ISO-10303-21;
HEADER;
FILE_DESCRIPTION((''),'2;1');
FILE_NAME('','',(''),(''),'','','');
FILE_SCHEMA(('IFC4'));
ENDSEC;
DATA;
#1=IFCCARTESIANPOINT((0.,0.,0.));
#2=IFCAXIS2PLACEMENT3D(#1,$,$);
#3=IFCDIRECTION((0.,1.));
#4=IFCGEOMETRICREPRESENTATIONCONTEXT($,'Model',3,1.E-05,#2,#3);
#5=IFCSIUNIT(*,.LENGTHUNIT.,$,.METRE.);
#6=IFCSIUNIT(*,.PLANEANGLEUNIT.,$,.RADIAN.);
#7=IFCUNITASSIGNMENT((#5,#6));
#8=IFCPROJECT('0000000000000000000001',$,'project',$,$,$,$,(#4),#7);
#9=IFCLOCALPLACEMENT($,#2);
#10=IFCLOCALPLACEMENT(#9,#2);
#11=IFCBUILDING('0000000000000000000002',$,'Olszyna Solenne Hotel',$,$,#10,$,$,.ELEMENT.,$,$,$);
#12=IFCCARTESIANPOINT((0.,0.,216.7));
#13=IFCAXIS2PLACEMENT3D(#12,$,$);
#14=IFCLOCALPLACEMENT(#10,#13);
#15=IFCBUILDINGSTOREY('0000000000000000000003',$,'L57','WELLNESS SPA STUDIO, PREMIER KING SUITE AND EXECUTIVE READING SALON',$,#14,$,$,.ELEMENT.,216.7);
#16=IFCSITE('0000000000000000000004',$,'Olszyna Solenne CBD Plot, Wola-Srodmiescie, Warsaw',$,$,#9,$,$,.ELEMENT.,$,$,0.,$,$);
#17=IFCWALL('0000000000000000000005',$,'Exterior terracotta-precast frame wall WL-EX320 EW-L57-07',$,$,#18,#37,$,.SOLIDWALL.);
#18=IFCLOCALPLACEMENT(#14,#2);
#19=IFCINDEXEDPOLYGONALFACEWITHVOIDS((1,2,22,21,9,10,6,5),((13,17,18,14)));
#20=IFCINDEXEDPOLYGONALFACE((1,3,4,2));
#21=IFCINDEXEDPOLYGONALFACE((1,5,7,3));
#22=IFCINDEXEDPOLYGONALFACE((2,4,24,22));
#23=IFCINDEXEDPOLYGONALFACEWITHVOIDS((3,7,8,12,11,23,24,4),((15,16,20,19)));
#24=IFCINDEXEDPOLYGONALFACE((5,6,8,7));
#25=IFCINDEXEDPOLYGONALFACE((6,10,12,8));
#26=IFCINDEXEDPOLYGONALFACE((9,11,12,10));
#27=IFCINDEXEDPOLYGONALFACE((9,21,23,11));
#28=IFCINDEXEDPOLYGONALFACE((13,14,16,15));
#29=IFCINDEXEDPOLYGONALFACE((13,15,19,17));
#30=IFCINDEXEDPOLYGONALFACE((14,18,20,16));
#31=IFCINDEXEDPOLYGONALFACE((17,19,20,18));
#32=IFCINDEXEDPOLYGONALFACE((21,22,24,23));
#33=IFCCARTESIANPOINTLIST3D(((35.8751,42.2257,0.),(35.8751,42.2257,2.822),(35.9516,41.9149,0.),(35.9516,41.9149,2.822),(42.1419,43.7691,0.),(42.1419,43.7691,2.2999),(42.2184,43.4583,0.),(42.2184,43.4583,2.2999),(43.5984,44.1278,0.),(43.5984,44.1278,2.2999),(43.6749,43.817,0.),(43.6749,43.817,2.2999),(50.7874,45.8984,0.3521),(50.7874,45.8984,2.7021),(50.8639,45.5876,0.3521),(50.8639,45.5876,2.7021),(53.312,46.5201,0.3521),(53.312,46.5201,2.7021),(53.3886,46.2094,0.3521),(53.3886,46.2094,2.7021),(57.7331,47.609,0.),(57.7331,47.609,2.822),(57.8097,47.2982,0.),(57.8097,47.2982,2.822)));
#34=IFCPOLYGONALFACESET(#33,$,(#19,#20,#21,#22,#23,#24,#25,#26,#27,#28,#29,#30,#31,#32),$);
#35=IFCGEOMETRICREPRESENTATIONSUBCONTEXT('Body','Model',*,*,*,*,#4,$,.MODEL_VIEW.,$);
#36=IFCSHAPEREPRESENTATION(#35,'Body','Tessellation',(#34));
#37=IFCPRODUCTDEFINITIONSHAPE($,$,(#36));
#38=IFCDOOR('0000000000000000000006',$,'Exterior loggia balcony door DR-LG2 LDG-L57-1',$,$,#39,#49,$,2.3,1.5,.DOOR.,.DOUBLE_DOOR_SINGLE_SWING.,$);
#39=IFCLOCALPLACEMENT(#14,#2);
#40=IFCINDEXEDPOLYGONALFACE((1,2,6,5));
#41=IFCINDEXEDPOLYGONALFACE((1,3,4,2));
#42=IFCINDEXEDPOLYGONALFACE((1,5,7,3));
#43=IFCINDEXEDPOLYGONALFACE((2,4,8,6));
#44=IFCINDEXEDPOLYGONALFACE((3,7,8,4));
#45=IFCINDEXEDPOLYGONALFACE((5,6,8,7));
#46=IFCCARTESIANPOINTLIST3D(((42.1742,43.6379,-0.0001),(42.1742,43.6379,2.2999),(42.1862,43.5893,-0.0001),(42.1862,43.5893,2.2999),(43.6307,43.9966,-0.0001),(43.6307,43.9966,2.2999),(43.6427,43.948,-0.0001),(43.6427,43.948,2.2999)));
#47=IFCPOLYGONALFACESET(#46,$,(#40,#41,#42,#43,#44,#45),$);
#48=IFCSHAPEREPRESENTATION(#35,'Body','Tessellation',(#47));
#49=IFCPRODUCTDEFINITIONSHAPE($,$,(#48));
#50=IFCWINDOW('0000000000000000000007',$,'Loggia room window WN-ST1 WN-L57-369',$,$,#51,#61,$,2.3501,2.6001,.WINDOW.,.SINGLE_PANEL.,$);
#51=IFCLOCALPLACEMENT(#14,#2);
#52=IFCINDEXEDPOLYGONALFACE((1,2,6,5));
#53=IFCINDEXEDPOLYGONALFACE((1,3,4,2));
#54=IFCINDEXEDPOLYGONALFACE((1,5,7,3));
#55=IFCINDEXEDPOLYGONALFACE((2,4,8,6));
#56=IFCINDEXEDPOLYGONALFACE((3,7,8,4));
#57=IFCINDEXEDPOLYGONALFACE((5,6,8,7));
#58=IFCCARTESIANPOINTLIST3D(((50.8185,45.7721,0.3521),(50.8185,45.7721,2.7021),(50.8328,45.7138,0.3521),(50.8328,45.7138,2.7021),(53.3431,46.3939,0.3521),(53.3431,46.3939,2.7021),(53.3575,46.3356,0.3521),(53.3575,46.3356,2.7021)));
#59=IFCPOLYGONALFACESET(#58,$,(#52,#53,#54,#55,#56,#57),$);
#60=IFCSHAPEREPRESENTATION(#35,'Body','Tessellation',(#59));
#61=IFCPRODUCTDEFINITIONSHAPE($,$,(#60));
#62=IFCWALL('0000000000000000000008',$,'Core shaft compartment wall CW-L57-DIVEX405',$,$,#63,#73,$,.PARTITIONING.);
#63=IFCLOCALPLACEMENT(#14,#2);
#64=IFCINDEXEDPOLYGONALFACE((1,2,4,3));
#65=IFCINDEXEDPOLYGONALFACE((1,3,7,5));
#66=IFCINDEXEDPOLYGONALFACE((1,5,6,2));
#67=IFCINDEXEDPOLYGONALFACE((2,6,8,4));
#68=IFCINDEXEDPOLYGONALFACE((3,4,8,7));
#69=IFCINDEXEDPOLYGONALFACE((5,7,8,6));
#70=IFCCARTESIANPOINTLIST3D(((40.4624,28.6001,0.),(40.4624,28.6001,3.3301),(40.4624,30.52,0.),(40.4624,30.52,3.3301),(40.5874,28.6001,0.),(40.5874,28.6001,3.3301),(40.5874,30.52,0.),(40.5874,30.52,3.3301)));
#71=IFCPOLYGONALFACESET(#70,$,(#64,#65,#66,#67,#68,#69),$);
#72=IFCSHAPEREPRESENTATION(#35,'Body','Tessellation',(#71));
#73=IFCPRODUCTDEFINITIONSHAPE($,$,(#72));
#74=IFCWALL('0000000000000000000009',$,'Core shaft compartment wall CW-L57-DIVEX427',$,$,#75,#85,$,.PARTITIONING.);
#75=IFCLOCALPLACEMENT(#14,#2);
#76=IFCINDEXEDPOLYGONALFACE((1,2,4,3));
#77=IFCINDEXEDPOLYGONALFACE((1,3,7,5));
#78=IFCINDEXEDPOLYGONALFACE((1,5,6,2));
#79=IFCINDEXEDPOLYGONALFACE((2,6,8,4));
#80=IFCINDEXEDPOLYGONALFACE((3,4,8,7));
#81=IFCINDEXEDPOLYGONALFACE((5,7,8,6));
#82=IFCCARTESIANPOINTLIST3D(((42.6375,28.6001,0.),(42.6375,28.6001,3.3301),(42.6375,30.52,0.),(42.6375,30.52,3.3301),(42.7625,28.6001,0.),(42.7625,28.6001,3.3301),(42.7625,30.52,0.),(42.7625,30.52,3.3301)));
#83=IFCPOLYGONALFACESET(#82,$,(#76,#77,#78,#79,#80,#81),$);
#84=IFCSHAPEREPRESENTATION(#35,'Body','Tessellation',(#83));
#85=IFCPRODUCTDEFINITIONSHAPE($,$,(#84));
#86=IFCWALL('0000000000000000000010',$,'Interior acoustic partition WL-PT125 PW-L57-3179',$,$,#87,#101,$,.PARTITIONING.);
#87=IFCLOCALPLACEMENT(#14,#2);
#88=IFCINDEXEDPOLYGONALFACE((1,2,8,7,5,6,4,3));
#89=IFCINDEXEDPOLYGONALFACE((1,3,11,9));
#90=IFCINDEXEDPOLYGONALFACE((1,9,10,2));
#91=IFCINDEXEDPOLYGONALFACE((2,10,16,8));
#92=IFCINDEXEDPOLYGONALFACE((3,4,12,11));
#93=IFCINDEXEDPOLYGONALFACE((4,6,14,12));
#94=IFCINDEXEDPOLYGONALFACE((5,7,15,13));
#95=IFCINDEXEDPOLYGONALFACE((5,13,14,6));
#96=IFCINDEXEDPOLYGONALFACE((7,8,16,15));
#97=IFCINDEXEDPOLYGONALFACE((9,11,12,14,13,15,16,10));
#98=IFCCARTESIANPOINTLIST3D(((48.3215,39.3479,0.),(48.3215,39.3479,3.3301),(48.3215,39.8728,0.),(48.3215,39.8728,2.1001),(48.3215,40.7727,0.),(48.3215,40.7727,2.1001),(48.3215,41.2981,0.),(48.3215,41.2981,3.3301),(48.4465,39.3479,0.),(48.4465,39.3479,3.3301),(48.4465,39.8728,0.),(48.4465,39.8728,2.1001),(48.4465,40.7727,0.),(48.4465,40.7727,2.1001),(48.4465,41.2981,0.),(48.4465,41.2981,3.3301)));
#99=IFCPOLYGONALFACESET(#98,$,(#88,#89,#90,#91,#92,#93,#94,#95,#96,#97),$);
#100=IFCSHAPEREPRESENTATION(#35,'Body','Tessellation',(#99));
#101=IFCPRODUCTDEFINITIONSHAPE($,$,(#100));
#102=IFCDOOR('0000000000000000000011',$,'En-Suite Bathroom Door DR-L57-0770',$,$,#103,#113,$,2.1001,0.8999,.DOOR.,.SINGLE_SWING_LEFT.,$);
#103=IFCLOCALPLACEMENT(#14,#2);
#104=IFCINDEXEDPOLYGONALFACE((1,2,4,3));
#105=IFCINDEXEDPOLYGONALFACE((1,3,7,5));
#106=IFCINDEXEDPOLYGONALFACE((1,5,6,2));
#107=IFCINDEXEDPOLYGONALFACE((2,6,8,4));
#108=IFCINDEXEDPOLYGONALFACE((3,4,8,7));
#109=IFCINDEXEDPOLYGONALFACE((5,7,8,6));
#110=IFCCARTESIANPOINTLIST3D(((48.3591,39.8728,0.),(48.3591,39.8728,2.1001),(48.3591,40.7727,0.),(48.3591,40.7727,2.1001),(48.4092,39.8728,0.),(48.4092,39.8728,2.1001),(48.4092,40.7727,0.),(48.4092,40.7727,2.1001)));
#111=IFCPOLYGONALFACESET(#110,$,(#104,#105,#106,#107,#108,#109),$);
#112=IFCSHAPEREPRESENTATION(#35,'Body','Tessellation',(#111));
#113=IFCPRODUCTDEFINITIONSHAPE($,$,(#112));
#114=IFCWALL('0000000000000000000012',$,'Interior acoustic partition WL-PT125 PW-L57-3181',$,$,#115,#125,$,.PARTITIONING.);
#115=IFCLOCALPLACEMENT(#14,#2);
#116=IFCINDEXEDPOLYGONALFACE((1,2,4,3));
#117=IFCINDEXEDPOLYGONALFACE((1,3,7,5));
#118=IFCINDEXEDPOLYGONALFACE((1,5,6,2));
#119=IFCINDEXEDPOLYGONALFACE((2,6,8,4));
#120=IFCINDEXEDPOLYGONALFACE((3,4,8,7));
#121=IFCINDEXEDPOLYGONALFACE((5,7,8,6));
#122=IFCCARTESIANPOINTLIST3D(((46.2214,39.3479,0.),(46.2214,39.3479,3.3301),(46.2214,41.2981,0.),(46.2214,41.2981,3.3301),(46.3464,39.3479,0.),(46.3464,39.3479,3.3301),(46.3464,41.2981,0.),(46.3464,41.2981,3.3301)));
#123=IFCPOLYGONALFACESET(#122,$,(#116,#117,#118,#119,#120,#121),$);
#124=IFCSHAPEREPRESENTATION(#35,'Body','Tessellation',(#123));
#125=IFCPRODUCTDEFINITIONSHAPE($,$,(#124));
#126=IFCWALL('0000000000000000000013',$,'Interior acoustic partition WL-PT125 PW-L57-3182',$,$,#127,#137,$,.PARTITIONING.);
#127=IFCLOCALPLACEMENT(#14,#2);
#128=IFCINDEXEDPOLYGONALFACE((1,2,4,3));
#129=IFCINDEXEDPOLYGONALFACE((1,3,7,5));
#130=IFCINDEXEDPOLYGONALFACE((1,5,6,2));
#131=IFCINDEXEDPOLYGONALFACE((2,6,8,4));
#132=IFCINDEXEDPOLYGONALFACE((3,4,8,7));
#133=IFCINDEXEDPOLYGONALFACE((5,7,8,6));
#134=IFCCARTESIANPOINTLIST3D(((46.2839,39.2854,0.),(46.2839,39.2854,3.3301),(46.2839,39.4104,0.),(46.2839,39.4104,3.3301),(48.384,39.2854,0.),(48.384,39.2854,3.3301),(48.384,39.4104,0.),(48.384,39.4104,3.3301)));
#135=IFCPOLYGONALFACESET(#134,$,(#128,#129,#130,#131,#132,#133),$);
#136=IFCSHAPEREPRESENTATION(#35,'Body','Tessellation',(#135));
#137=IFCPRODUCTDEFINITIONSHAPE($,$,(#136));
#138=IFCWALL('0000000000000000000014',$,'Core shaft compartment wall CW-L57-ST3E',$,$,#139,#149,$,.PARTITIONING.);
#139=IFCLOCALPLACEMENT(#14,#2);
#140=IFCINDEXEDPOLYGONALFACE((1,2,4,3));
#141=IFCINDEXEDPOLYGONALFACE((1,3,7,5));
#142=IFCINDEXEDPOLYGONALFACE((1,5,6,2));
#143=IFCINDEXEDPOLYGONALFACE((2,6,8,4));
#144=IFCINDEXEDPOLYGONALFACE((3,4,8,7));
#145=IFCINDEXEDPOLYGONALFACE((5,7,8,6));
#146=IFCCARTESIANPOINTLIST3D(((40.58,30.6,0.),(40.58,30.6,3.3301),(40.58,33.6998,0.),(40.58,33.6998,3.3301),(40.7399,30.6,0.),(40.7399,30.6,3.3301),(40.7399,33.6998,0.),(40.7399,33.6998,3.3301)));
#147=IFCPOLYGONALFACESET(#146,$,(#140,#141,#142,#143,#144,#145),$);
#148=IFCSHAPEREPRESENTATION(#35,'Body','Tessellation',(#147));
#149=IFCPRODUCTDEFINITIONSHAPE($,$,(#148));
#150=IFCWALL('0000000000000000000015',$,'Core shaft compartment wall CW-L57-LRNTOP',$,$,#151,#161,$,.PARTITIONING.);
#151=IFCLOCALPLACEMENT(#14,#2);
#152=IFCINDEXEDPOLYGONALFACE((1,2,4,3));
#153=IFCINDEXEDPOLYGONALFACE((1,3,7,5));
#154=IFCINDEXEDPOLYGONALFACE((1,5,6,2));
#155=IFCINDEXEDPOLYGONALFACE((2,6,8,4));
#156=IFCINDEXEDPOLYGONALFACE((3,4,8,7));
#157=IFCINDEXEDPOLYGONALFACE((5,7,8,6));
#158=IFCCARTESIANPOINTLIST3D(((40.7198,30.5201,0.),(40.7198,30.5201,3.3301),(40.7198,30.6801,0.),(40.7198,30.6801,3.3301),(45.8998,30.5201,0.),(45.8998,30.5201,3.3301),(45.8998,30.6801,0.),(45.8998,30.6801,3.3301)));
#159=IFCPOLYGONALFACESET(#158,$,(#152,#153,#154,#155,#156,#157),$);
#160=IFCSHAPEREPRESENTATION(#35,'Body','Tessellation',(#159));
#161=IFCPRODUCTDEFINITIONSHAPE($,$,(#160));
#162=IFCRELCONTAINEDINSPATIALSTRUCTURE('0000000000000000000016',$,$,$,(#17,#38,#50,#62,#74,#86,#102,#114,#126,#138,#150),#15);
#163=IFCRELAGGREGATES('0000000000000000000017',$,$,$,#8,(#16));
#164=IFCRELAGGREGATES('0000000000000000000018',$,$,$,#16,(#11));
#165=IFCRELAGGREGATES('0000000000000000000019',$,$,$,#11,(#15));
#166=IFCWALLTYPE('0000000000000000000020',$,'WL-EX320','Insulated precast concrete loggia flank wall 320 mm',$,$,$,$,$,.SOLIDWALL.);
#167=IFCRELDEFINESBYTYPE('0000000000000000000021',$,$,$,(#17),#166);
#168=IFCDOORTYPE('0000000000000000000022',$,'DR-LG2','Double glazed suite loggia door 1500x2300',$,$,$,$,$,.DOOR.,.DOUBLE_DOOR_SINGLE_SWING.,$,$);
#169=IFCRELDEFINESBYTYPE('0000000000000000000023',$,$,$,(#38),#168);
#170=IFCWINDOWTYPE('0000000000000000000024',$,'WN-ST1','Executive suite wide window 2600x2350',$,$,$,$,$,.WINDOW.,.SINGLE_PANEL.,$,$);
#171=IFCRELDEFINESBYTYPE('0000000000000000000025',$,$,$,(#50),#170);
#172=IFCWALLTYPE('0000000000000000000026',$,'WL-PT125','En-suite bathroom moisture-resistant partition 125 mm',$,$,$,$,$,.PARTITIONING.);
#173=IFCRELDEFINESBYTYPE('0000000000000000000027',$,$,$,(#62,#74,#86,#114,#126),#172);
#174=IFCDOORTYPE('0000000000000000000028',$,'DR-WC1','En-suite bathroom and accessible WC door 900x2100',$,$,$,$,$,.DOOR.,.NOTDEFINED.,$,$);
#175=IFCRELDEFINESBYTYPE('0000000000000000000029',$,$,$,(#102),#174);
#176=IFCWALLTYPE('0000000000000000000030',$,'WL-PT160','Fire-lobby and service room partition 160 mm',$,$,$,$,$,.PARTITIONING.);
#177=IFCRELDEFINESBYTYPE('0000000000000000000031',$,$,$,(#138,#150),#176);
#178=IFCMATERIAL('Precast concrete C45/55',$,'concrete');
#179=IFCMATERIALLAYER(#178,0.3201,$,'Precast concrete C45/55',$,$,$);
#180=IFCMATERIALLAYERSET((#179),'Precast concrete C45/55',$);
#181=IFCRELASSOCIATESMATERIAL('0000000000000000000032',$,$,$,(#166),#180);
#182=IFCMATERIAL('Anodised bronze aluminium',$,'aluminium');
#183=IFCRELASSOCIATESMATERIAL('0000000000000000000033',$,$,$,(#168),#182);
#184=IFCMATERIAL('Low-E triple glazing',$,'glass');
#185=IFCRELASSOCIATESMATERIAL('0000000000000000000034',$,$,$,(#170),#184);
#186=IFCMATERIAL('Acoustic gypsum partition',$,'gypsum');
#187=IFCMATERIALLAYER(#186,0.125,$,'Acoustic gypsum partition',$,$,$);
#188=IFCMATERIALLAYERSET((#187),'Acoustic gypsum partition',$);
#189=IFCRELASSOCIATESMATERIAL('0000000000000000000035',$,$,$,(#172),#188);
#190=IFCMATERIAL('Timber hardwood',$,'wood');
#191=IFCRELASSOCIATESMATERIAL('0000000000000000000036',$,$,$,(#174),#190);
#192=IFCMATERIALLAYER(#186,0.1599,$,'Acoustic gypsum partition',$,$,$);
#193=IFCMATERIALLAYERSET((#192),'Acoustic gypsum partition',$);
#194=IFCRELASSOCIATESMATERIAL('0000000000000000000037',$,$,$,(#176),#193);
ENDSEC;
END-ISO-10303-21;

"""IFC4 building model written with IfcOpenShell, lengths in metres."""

from ifc_helpers import new_model, si_unit, direction, frame, frame_2d, origin, place, context, subcontext, project, spatial, rectangle, extrude, source, transform, mapped, material, layer, layer_set, type_object, type_shapes, element, fill, save


model = new_model("IFC4")

# Units and contexts
model_context = context("Model", 3, precision=1e-05, world=origin(), true_north=direction((0.0, 1.0)))
body_context = subcontext(model_context, "Body", "Model", "MODEL_VIEW")
ifc_project = project(units=[si_unit("LENGTHUNIT", "METRE"), si_unit("PLANEANGLEUNIT", "RADIAN")], contexts=[model_context])

# Site, building, storey
site_placement = place(None, origin())
site = spatial("IfcSite", under=ifc_project, at=site_placement, Name="Olszyna Solenne CBD Plot, Wola-Srodmiescie, Warsaw", CompositionType="ELEMENT", RefElevation=0.0)
building_placement = place(site_placement, origin())
building = spatial("IfcBuilding", under=site, at=building_placement, Name="Olszyna Solenne Hotel", CompositionType="ELEMENT")
storey_placement = place(building_placement, frame((0.0, 0.0, 216.7)))
storey = spatial("IfcBuildingStorey", under=building, at=storey_placement, Name="L57", Description="WELLNESS SPA STUDIO, PREMIER KING SUITE AND EXECUTIVE READING SALON", CompositionType="ELEMENT", Elevation=216.7)

# Shared definitions
ifc_material_1 = material(Name="Timber hardwood", Category="wood")

# Wall, openings, door, window
ifc_material_2 = material(Name="Precast concrete C45/55", Category="concrete")
ifc_layer_1 = layer(ifc_material_2, 0.3201, Name="Precast concrete C45/55")
ifc_layer_set_1 = layer_set([ifc_layer_1], Name="Precast concrete C45/55")
wall_type_1 = type_object("IfcWallType", Name="WL-EX320", Description="Insulated precast concrete loggia flank wall 320 mm", PredefinedType="SOLIDWALL", material=ifc_layer_set_1)
wall_1_placement = place(storey_placement, frame((35.9133, 42.0703, 0.0), z_axis=(0.0, 0.0, 1.0), x_axis=(0.970986, 0.239138, 0.0)))
wall_1 = element("IfcWall", 1, at=wall_1_placement, inside=storey, type_object=wall_type_1, Name="Exterior terracotta-precast frame wall WL-EX320 EW-L57-07", PredefinedType="SOLIDWALL", context=body_context, shape_type="SweptSolid", body=[
    extrude(rectangle(XDim=22.5112, YDim=0.3201, at=frame_2d((11.2556, 0.0))), origin(), (0.0, 0.0, 1.0), 2.822),
])
opening_1_placement = place(wall_1_placement, frame((6.4541, 0.0, 0.0)))
opening_1 = element("IfcOpeningElement", 2, at=opening_1_placement, cuts=wall_1, PredefinedType="OPENING", context=body_context, shape_type="SweptSolid", body=[
    extrude(rectangle(XDim=1.5, YDim=2.3, at=frame_2d((0.75, 1.1499))), frame((0.0, 0.1699, 0.0), z_axis=(0.0, -1.0, 0.0), x_axis=(1.0, 0.0, 0.0)), (0.0, 0.0, 1.0), 0.3401),
])
opening_2_placement = place(wall_1_placement, frame((15.3579, 0.0, 0.3521)))
opening_2 = element("IfcOpeningElement", 3, at=opening_2_placement, cuts=wall_1, PredefinedType="OPENING", context=body_context, shape_type="SweptSolid", body=[
    extrude(rectangle(XDim=2.6001, YDim=2.3501, at=frame_2d((1.3, 1.175))), frame((0.0, 0.1699, 0.0), z_axis=(0.0, -1.0, 0.0), x_axis=(1.0, 0.0, 0.0)), (0.0, 0.0, 1.0), 0.3401),
])
ifc_material_3 = material(Name="Anodised bronze aluminium", Category="aluminium")
door_type_1 = type_object("IfcDoorType", Name="DR-LG2", Description="Double glazed suite loggia door 1500x2300", OperationType="DOUBLE_DOOR_SINGLE_SWING", PredefinedType="DOOR", material=ifc_material_3)
shared_shape_1 = source(origin(), body_context, "Body", "SweptSolid", [
    extrude(rectangle(XDim=1.5, YDim=2.3, at=frame_2d((0.75, 1.1499))), frame((0.0, 0.0249, 0.0), z_axis=(0.0, -1.0, 0.0), x_axis=(1.0, 0.0, 0.0)), (0.0, 0.0, 1.0), 0.05),
])
type_shapes(door_type_1, [shared_shape_1])
door_1_placement = place(opening_1_placement, origin())
door_1 = element("IfcDoor", 4, at=door_1_placement, inside=storey, type_object=door_type_1, Name="Exterior loggia balcony door DR-LG2 LDG-L57-1", OperationType="DOUBLE_DOOR_SINGLE_SWING", OverallHeight=2.3, OverallWidth=1.5, PredefinedType="DOOR", context=body_context, shape_type="MappedRepresentation", body=[
    mapped(shared_shape_1, transform((0.0, 0.0, 0.0), x_axis=(1.0, 0.0, 0.0), y_axis=(0.0, 1.0, 0.0), z_axis=(0.0, 0.0, 1.0), scale=1.0)),
])
fill(opening_1, door_1)
ifc_material_4 = material(Name="Low-E triple glazing", Category="glass")
window_type = type_object("IfcWindowType", Name="WN-ST1", Description="Executive suite wide window 2600x2350", PartitioningType="SINGLE_PANEL", PredefinedType="WINDOW", material=ifc_material_4)
shared_shape_2 = source(origin(), body_context, "Body", "SweptSolid", [
    extrude(rectangle(XDim=2.6001, YDim=2.3501, at=frame_2d((1.3, 1.175))), frame((0.0, 0.03, 0.0), z_axis=(0.0, -1.0, 0.0), x_axis=(1.0, 0.0, 0.0)), (0.0, 0.0, 1.0), 0.0601),
])
type_shapes(window_type, [shared_shape_2])
window_placement = place(opening_2_placement, origin())
window = element("IfcWindow", 5, at=window_placement, inside=storey, type_object=window_type, Name="Loggia room window WN-ST1 WN-L57-369", OverallHeight=2.3501, OverallWidth=2.6001, PartitioningType="SINGLE_PANEL", PredefinedType="WINDOW", context=body_context, shape_type="MappedRepresentation", body=[
    mapped(shared_shape_2, transform((0.0, 0.0, 0.0), x_axis=(1.0, 0.0, 0.0), y_axis=(0.0, 1.0, 0.0), z_axis=(0.0, 0.0, 1.0), scale=1.0)),
])
fill(opening_2, window)

# Walls
ifc_material_5 = material(Name="Acoustic gypsum partition", Category="gypsum")
ifc_layer_2 = layer(ifc_material_5, 0.125, Name="Acoustic gypsum partition")
ifc_layer_set_2 = layer_set([ifc_layer_2], Name="Acoustic gypsum partition")
wall_type_2 = type_object("IfcWallType", Name="WL-PT125", Description="En-suite bathroom moisture-resistant partition 125 mm", PredefinedType="PARTITIONING", material=ifc_layer_set_2)
for number, where, z_axis, x_axis, name in (
    (6, (40.5249, 28.6001, 0.0), (0.0, 0.0, 1.0), (0.0, 1.0, 0.0), "Core shaft compartment wall CW-L57-DIVEX405"),
    (7, (42.7, 28.6001, 0.0), (0.0, 0.0, 1.0), (0.0, 1.0, 0.0), "Core shaft compartment wall CW-L57-DIVEX427"),
):
    element("IfcWall", number, at=place(storey_placement, frame(where, z_axis=z_axis, x_axis=x_axis)), inside=storey, type_object=wall_type_2, Name=name, PredefinedType="PARTITIONING", context=body_context, shape_type="SweptSolid", body=[
        extrude(rectangle(XDim=1.9199, YDim=0.125, at=frame_2d((0.96, 0.0))), origin(), (0.0, 0.0, 1.0), 3.3301),
    ])

# Wall, opening, door
wall_2_placement = place(storey_placement, frame((48.384, 39.3479, 0.0), z_axis=(0.0, 0.0, 1.0), x_axis=(0.0, 1.0, 0.0)))
wall_2 = element("IfcWall", 8, at=wall_2_placement, inside=storey, type_object=wall_type_2, Name="Interior acoustic partition WL-PT125 PW-L57-3179", PredefinedType="PARTITIONING", context=body_context, shape_type="SweptSolid", body=[
    extrude(rectangle(XDim=1.9502, YDim=0.125, at=frame_2d((0.9751, 0.0))), origin(), (0.0, 0.0, 1.0), 3.3301),
])
opening_3_placement = place(wall_2_placement, frame((0.5249, 0.0, 0.0)))
opening_3 = element("IfcOpeningElement", 9, at=opening_3_placement, cuts=wall_2, PredefinedType="OPENING", context=body_context, shape_type="SweptSolid", body=[
    extrude(rectangle(XDim=0.8999, YDim=2.1001, at=frame_2d((0.45, 1.05))), frame((0.0, 0.0725, 0.0), z_axis=(0.0, -1.0, 0.0), x_axis=(1.0, 0.0, 0.0)), (0.0, 0.0, 1.0), 0.145),
])
door_type_2 = type_object("IfcDoorType", Name="DR-WC1", Description="En-suite bathroom and accessible WC door 900x2100", OperationType="NOTDEFINED", PredefinedType="DOOR", material=ifc_material_1)
shared_shape_3 = source(origin(), body_context, "Body", "SweptSolid", [
    extrude(rectangle(XDim=0.8999, YDim=2.1001, at=frame_2d((0.45, 1.05))), frame((0.0, 0.0249, 0.0), z_axis=(0.0, -1.0, 0.0), x_axis=(1.0, 0.0, 0.0)), (0.0, 0.0, 1.0), 0.05),
])
type_shapes(door_type_2, [shared_shape_3])
door_2_placement = place(opening_3_placement, origin())
door_2 = element("IfcDoor", 10, at=door_2_placement, inside=storey, type_object=door_type_2, Name="En-Suite Bathroom Door DR-L57-0770", OperationType="SINGLE_SWING_LEFT", OverallHeight=2.1001, OverallWidth=0.8999, PredefinedType="DOOR", context=body_context, shape_type="MappedRepresentation", body=[
    mapped(shared_shape_3, transform((0.0, 0.0, 0.0), x_axis=(1.0, 0.0, 0.0), y_axis=(0.0, 1.0, 0.0), z_axis=(0.0, 0.0, 1.0), scale=1.0)),
])
fill(opening_3, door_2)

# Walls
wall_3_placement = place(storey_placement, frame((46.2839, 41.2981, 0.0), z_axis=(0.0, 0.0, 1.0), x_axis=(0.0, -1.0, 0.0)))
element("IfcWall", 11, at=wall_3_placement, inside=storey, type_object=wall_type_2, Name="Interior acoustic partition WL-PT125 PW-L57-3181", PredefinedType="PARTITIONING", context=body_context, shape_type="SweptSolid", body=[
    extrude(rectangle(XDim=1.9502, YDim=0.125, at=frame_2d((0.9751, 0.0))), origin(), (0.0, 0.0, 1.0), 3.3301),
])
wall_4_placement = place(storey_placement, frame((46.2839, 39.3479, 0.0), z_axis=(0.0, 0.0, 1.0), x_axis=(1.0, 0.0, 0.0)))
element("IfcWall", 12, at=wall_4_placement, inside=storey, type_object=wall_type_2, Name="Interior acoustic partition WL-PT125 PW-L57-3182", PredefinedType="PARTITIONING", context=body_context, shape_type="SweptSolid", body=[
    extrude(rectangle(XDim=2.1001, YDim=0.125, at=frame_2d((1.05, 0.0))), origin(), (0.0, 0.0, 1.0), 3.3301),
])
ifc_layer_3 = layer(ifc_material_5, 0.1599, Name="Acoustic gypsum partition")
ifc_layer_set_3 = layer_set([ifc_layer_3], Name="Acoustic gypsum partition")
wall_type_3 = type_object("IfcWallType", Name="WL-PT160", Description="Fire-lobby and service room partition 160 mm", PredefinedType="PARTITIONING", material=ifc_layer_set_3)
wall_5_placement = place(storey_placement, frame((40.6599, 30.6001, 0.0), z_axis=(0.0, 0.0, 1.0), x_axis=(0.0, 1.0, 0.0)))
element("IfcWall", 13, at=wall_5_placement, inside=storey, type_object=wall_type_3, Name="Core shaft compartment wall CW-L57-ST3E", PredefinedType="PARTITIONING", context=body_context, shape_type="SweptSolid", body=[
    extrude(rectangle(XDim=3.0999, YDim=0.1599, at=frame_2d((1.5498, 0.0))), origin(), (0.0, 0.0, 1.0), 3.3301),
])
wall_6_placement = place(storey_placement, frame((40.72, 30.6001, 0.0), z_axis=(0.0, 0.0, 1.0), x_axis=(1.0, 0.0, 0.0)))
element("IfcWall", 14, at=wall_6_placement, inside=storey, type_object=wall_type_3, Name="Core shaft compartment wall CW-L57-LRNTOP", PredefinedType="PARTITIONING", context=body_context, shape_type="SweptSolid", body=[
    extrude(rectangle(XDim=5.1799, YDim=0.1599, at=frame_2d((2.5898, 0.0))), origin(), (0.0, 0.0, 1.0), 3.3301),
])

save(model, "model.ifc")
